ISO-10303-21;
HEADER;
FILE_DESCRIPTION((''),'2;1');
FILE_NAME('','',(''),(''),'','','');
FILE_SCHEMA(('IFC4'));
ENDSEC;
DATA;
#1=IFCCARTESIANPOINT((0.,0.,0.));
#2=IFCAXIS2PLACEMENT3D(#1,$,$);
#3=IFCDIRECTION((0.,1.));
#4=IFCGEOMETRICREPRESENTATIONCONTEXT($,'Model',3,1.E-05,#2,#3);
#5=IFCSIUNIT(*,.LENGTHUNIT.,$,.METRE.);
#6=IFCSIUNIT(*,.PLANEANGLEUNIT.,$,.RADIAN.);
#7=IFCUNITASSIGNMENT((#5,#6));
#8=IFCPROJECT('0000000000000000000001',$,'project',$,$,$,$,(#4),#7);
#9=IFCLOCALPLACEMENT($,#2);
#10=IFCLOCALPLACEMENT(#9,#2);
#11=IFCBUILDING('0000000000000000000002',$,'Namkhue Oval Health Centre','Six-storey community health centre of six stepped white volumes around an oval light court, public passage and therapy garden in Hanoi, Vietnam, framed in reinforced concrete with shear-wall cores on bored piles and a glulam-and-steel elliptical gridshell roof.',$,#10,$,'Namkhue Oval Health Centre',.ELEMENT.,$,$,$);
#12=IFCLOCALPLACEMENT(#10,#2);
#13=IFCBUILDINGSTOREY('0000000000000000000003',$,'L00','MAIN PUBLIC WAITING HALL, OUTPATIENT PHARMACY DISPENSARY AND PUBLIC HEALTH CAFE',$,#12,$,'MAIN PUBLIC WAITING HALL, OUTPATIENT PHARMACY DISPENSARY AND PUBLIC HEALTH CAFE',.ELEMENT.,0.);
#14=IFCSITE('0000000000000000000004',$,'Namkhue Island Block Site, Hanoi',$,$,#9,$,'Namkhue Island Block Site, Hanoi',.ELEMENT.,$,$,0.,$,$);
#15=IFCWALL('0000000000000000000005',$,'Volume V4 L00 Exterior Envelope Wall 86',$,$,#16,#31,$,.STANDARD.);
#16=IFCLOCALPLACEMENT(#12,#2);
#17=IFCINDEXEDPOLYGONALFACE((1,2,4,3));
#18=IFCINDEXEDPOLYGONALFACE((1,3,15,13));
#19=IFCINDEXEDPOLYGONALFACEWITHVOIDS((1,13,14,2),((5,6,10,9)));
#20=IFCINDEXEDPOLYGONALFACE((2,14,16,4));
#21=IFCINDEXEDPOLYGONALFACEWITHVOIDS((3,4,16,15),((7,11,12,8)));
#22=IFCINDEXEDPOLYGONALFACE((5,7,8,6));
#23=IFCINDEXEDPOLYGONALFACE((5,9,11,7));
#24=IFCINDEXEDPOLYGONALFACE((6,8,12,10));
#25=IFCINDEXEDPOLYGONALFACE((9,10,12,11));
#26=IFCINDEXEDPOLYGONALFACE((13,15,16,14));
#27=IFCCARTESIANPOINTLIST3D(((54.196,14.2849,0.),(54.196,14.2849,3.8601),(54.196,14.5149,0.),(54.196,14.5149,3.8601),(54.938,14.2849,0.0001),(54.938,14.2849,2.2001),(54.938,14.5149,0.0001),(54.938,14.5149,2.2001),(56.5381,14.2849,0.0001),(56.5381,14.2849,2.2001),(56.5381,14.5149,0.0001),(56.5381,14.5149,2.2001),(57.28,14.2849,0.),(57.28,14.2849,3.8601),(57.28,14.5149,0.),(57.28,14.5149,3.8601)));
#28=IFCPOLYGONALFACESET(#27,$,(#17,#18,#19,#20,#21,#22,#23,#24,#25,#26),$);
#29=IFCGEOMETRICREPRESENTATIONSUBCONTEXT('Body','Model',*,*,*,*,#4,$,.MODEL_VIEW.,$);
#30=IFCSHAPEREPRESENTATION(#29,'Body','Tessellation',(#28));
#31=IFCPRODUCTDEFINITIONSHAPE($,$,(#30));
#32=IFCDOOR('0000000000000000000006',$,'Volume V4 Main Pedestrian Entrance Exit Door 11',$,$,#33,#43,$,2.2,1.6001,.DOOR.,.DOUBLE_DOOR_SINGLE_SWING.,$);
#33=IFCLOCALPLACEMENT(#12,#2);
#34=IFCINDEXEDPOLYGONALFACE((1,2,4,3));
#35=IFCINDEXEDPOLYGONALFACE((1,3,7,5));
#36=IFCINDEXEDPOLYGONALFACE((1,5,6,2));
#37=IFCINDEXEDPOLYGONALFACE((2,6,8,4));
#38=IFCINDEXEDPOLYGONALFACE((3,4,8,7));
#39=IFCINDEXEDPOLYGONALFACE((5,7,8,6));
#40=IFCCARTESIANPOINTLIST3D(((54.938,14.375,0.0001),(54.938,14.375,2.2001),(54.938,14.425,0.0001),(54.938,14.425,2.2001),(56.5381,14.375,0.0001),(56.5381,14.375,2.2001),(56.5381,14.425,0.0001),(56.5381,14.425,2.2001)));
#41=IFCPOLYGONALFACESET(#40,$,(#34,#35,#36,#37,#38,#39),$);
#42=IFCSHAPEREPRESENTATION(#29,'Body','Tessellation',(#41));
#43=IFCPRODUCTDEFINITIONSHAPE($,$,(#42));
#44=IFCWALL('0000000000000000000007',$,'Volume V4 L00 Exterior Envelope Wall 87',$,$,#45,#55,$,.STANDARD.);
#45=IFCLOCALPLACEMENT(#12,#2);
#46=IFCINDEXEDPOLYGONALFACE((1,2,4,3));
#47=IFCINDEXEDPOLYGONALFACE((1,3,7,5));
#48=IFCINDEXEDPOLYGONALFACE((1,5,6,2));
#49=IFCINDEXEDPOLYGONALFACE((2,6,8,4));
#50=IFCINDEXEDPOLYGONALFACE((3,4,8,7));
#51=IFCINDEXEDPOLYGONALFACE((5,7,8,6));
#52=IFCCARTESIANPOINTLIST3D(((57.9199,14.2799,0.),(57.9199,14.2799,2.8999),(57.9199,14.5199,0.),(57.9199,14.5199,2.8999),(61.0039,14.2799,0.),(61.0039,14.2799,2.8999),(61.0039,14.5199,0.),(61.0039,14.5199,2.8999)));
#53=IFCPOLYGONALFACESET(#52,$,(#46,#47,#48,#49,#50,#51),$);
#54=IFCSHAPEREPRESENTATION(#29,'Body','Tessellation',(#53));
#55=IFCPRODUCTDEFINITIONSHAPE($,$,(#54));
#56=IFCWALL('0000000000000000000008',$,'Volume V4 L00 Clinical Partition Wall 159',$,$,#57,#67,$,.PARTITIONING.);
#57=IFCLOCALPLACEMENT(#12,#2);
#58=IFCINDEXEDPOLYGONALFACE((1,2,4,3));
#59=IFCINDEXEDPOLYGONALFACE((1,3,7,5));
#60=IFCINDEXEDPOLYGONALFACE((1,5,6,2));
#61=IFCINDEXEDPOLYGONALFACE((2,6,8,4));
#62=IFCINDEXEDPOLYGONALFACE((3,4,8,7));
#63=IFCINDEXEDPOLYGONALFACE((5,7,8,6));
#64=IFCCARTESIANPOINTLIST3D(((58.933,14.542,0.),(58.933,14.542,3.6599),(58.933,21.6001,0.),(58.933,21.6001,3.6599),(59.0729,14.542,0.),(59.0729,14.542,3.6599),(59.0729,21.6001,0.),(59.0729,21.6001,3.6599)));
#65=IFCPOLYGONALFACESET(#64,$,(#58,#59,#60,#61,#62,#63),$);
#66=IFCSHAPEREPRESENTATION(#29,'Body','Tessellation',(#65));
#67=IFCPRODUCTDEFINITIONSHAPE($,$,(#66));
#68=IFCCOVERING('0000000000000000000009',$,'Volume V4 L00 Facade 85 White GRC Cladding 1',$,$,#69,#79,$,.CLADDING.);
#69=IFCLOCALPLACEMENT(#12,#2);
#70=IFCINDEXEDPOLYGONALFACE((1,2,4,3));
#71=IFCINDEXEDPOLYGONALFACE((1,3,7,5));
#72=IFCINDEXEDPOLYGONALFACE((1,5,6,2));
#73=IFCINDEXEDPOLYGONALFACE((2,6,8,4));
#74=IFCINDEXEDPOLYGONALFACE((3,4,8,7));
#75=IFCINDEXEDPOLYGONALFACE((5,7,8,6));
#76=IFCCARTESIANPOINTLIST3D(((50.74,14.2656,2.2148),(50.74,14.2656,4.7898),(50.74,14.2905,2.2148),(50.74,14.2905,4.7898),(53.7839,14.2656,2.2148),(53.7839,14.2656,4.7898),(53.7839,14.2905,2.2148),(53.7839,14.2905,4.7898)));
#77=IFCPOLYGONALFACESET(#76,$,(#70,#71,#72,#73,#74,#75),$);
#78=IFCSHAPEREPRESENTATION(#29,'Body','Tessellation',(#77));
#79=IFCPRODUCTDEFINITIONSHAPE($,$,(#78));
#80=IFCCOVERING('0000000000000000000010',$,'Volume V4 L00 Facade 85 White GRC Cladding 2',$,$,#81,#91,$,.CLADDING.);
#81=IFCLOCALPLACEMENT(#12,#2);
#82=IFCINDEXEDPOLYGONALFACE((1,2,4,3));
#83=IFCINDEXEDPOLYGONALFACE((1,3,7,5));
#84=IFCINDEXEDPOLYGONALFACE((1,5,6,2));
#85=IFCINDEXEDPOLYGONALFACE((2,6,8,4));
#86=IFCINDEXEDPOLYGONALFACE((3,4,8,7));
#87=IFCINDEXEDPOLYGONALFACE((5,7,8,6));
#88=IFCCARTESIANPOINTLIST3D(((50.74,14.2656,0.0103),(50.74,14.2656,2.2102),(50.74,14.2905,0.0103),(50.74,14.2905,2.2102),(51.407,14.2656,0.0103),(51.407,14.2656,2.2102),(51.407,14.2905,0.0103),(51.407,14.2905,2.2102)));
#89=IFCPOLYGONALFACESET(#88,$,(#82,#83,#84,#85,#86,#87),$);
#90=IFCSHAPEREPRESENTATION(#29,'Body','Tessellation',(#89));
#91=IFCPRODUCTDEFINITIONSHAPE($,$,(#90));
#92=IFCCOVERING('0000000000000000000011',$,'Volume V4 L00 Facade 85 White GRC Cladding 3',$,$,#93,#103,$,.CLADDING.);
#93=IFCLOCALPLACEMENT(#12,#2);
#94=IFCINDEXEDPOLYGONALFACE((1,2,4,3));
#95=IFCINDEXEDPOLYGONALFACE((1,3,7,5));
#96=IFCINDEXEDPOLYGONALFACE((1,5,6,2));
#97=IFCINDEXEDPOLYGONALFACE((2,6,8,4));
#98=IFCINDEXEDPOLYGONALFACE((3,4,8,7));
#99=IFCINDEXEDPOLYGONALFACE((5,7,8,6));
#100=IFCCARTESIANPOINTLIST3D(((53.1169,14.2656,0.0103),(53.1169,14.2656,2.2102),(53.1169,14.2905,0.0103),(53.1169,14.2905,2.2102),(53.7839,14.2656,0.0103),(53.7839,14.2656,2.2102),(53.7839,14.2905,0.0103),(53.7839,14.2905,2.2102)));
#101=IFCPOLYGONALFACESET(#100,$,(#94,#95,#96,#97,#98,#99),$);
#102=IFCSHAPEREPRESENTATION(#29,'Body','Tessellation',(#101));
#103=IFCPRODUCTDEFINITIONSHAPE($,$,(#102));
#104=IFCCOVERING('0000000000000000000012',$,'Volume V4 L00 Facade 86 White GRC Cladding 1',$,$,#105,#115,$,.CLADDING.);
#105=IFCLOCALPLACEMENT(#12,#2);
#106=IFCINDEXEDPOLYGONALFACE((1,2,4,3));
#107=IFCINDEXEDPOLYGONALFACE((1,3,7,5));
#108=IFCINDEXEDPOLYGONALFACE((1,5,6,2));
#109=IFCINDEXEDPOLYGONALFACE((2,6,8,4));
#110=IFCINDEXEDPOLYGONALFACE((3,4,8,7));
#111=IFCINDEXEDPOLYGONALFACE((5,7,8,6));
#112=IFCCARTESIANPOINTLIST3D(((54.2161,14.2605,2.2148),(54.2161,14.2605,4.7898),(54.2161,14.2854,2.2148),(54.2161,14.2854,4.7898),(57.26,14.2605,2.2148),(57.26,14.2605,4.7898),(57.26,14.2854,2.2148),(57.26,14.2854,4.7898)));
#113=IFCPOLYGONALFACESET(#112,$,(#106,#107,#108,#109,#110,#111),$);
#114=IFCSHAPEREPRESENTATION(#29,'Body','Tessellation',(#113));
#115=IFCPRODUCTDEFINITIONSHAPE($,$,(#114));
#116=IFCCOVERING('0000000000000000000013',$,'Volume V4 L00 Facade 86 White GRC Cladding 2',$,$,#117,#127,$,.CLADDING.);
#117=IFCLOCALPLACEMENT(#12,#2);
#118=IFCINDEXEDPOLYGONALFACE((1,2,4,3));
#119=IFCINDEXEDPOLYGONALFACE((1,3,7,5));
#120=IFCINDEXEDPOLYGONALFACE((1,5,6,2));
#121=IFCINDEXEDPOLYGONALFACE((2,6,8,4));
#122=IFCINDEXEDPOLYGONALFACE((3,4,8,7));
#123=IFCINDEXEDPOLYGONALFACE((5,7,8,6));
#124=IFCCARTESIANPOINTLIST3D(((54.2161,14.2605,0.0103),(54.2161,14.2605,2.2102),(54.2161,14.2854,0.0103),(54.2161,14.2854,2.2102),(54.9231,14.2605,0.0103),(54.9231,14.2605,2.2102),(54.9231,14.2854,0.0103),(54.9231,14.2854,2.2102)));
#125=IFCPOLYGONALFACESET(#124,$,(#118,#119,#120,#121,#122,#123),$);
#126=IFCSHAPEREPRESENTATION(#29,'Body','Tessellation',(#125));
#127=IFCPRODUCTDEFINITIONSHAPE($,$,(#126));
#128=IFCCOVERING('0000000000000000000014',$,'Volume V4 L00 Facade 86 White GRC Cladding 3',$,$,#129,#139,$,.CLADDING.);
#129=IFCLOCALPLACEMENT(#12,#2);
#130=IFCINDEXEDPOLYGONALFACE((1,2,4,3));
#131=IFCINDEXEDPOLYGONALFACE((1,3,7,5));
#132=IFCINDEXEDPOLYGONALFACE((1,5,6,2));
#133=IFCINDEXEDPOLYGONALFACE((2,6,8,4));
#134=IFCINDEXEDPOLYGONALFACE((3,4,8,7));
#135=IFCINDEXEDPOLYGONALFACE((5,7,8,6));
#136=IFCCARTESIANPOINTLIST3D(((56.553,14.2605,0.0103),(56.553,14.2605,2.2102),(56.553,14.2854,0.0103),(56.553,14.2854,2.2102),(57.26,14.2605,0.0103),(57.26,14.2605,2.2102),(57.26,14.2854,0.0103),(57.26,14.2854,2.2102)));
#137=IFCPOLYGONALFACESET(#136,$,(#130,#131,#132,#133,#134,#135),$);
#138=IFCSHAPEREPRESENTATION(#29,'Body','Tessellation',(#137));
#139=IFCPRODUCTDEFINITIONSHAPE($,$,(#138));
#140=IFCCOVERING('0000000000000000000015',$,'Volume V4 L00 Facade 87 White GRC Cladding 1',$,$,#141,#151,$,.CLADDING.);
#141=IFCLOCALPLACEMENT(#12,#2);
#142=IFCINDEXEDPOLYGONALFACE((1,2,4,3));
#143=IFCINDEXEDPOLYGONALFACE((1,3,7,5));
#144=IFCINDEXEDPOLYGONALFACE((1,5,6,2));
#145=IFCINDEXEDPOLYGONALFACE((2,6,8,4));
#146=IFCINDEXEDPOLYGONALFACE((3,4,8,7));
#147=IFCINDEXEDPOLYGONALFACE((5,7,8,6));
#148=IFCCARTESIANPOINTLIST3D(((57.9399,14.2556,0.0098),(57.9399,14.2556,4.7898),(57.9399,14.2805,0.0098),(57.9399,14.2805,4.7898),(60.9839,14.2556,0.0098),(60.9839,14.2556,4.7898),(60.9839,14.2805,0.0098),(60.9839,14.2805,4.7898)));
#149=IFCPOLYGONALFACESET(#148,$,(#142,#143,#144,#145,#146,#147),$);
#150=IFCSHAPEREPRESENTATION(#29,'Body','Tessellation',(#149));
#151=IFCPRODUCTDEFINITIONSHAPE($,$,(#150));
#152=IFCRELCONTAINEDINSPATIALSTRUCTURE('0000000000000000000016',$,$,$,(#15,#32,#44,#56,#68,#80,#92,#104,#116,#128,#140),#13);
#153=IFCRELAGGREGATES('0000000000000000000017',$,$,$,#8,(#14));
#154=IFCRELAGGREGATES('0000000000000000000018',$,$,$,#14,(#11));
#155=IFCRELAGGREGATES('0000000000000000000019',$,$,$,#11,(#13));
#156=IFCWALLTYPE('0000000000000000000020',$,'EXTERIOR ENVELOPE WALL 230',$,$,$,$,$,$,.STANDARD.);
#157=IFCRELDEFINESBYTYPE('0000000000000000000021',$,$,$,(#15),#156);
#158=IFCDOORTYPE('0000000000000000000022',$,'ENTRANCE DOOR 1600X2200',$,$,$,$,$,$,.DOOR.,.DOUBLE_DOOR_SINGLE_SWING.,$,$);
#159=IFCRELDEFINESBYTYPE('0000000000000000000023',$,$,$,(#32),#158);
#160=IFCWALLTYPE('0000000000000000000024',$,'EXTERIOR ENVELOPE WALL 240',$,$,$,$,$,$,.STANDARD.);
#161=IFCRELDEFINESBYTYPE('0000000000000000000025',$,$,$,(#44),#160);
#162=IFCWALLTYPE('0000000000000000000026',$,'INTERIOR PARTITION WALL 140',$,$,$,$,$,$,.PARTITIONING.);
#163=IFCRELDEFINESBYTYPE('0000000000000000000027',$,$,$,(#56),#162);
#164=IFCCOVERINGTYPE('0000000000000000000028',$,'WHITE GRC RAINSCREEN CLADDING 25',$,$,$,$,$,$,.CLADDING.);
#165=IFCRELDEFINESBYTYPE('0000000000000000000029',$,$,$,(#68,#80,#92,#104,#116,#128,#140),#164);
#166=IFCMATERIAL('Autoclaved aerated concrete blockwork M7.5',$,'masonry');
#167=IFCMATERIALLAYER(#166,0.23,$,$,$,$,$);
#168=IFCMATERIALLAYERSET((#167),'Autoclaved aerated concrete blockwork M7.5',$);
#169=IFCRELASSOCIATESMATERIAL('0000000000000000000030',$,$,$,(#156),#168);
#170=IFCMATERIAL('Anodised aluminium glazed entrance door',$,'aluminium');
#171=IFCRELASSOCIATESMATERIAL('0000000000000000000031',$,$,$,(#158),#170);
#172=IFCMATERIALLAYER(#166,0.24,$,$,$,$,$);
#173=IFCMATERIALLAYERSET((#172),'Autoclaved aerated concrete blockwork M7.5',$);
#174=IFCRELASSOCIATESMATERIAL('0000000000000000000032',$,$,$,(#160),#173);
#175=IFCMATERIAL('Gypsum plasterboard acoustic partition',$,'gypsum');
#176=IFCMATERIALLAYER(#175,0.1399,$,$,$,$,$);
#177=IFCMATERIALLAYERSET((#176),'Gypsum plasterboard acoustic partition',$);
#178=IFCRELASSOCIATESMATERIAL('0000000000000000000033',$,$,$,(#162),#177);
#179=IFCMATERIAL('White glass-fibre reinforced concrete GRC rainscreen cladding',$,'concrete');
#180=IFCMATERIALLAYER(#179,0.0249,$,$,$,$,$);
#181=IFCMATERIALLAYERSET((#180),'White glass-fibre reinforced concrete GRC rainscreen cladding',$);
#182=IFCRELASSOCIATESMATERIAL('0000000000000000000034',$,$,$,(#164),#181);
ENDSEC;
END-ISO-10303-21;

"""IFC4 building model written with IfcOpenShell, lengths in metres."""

from ifc_helpers import new_model, si_unit, direction, frame, frame_2d, origin, origin_2d, place, context, subcontext, project, spatial, rectangle, extrude, material, layer, layer_set, type_object, element, fill, save


model = new_model("IFC4")

# Units and contexts
model_context = context("Model", 3, precision=1e-05, world=origin(), true_north=direction((0.0, 1.0)))
body_context = subcontext(model_context, "Body", "Model", "MODEL_VIEW")
ifc_project = project(units=[si_unit("LENGTHUNIT", "METRE"), si_unit("PLANEANGLEUNIT", "RADIAN")], contexts=[model_context])

# Site, building, storey
site_placement = place(None, origin())
site = spatial("IfcSite", under=ifc_project, at=site_placement, Name="Namkhue Island Block Site, Hanoi", LongName="Namkhue Island Block Site, Hanoi", CompositionType="ELEMENT", RefElevation=0.0)
building_placement = place(site_placement, origin())
building = spatial("IfcBuilding", under=site, at=building_placement, Name="Namkhue Oval Health Centre", Description="Six-storey community health centre of six stepped white volumes around an oval light court, public passage and therapy garden in Hanoi, Vietnam, framed in reinforced concrete with shear-wall cores on bored piles and a glulam-and-steel elliptical gridshell roof.", LongName="Namkhue Oval Health Centre", CompositionType="ELEMENT")
storey_placement = place(building_placement, origin())
storey = spatial("IfcBuildingStorey", under=building, at=storey_placement, Name="L00", Description="MAIN PUBLIC WAITING HALL, OUTPATIENT PHARMACY DISPENSARY AND PUBLIC HEALTH CAFE", LongName="MAIN PUBLIC WAITING HALL, OUTPATIENT PHARMACY DISPENSARY AND PUBLIC HEALTH CAFE", CompositionType="ELEMENT", Elevation=0.0)

# Wall, opening, door
ifc_material_1 = material(Name="Autoclaved aerated concrete blockwork M7.5", Category="masonry")
ifc_material_2 = material(Name="Anodised aluminium glazed entrance door", Category="aluminium")
ifc_layer_1 = layer(ifc_material_1, 0.23)
ifc_layer_set_1 = layer_set([ifc_layer_1], Name="Autoclaved aerated concrete blockwork M7.5")
wall_type_1 = type_object("IfcWallType", Name="EXTERIOR ENVELOPE WALL 230", PredefinedType="STANDARD", material=ifc_layer_set_1)
wall_1_placement = place(storey_placement, frame((54.196, 14.3999, 0.0), z_axis=(0.0, 0.0, 1.0), x_axis=(1.0, 0.0, 0.0)))
wall_1 = element("IfcWall", 1, at=wall_1_placement, inside=storey, type_object=wall_type_1, Name="Volume V4 L00 Exterior Envelope Wall 86", PredefinedType="STANDARD", context=body_context, shape_type="SweptSolid", body=[
    extrude(rectangle(XDim=3.084, YDim=0.23, at=frame_2d((1.542, 0.0))), origin(), (0.0, 0.0, 1.0), 3.8601),
])
opening_1_placement = place(wall_1_placement, frame((0.7419, 0.0, 0.0)))
opening_1 = element("IfcOpeningElement", 2, at=opening_1_placement, cuts=wall_1, PredefinedType="OPENING", context=body_context, shape_type="SweptSolid", body=[
    extrude(rectangle(XDim=1.6001, YDim=2.2, at=frame_2d((0.8, 1.1001))), frame((0.0, 0.125, 0.0), z_axis=(0.0, -1.0, 0.0), x_axis=(1.0, 0.0, 0.0)), (0.0, 0.0, 1.0), 0.25),
])
door_type_1 = type_object("IfcDoorType", Name="ENTRANCE DOOR 1600X2200", OperationType="DOUBLE_DOOR_SINGLE_SWING", PredefinedType="DOOR", material=ifc_material_2)
door_1_placement = place(opening_1_placement, frame((1.6001, 0.0, 0.0), z_axis=(0.0, 0.0, 1.0), x_axis=(-1.0, 0.0, 0.0)))
door_1 = element("IfcDoor", 3, at=door_1_placement, inside=storey, type_object=door_type_1, Name="Volume V4 Main Pedestrian Entrance Exit Door 11", OperationType="DOUBLE_DOOR_SINGLE_SWING", OverallHeight=2.2, OverallWidth=1.6001, PredefinedType="DOOR", context=body_context, shape_type="SweptSolid", body=[
    extrude(rectangle(XDim=1.6001, YDim=2.2, at=frame_2d((0.8, 1.1001))), frame((0.0, 0.0249, 0.0), z_axis=(0.0, -1.0, 0.0), x_axis=(1.0, 0.0, 0.0)), (0.0, 0.0, 1.0), 0.05),
])
fill(opening_1, door_1)

# Walls
ifc_layer_2 = layer(ifc_material_1, 0.24)
ifc_layer_set_2 = layer_set([ifc_layer_2], Name="Autoclaved aerated concrete blockwork M7.5")
wall_type_2 = type_object("IfcWallType", Name="EXTERIOR ENVELOPE WALL 240", PredefinedType="STANDARD", material=ifc_layer_set_2)
wall_2_placement = place(storey_placement, frame((57.9199, 14.3999, 0.0), z_axis=(0.0, 0.0, 1.0), x_axis=(1.0, 0.0, 0.0)))
element("IfcWall", 4, at=wall_2_placement, inside=storey, type_object=wall_type_2, Name="Volume V4 L00 Exterior Envelope Wall 87", PredefinedType="STANDARD", context=body_context, shape_type="SweptSolid", body=[
    extrude(rectangle(XDim=3.084, YDim=0.24, at=frame_2d((1.542, 0.0))), origin(), (0.0, 0.0, 1.0), 2.8999),
])
ifc_material_3 = material(Name="Gypsum plasterboard acoustic partition", Category="gypsum")
ifc_layer_3 = layer(ifc_material_3, 0.1399)
ifc_layer_set_3 = layer_set([ifc_layer_3], Name="Gypsum plasterboard acoustic partition")
wall_type_3 = type_object("IfcWallType", Name="INTERIOR PARTITION WALL 140", PredefinedType="PARTITIONING", material=ifc_layer_set_3)
wall_3_placement = place(storey_placement, frame((59.0029, 14.542, 0.0), z_axis=(0.0, 0.0, 1.0), x_axis=(0.0, 1.0, 0.0)))
element("IfcWall", 5, at=wall_3_placement, inside=storey, type_object=wall_type_3, Name="Volume V4 L00 Clinical Partition Wall 159", PredefinedType="PARTITIONING", context=body_context, shape_type="SweptSolid", body=[
    extrude(rectangle(XDim=7.0581, YDim=0.1399, at=frame_2d((3.5291, 0.0))), origin(), (0.0, 0.0, 1.0), 3.6599),
])

# Coverings
ifc_material_4 = material(Name="White glass-fibre reinforced concrete GRC rainscreen cladding", Category="concrete")
ifc_layer_4 = layer(ifc_material_4, 0.0249)
ifc_layer_set_4 = layer_set([ifc_layer_4], Name="White glass-fibre reinforced concrete GRC rainscreen cladding")
covering_type = type_object("IfcCoveringType", Name="WHITE GRC RAINSCREEN CLADDING 25", PredefinedType="CLADDING", material=ifc_layer_set_4)
covering_1_placement = place(storey_placement, frame((52.262, 14.2781, 2.2148), z_axis=(0.0, 0.0, 1.0), x_axis=(1.0, 0.0, 0.0)))
element("IfcCovering", 6, at=covering_1_placement, inside=storey, type_object=covering_type, Name="Volume V4 L00 Facade 85 White GRC Cladding 1", PredefinedType="CLADDING", context=body_context, shape_type="SweptSolid", body=[
    extrude(rectangle(XDim=3.0439, YDim=0.0249, at=origin_2d()), origin(), (0.0, 0.0, 1.0), 2.575),
])
for number, where, z_axis, x_axis, name in (
    (7, (51.0735, 14.2781, 0.0103), (0.0, 0.0, 1.0), (1.0, 0.0, 0.0), "Volume V4 L00 Facade 85 White GRC Cladding 2"),
    (8, (53.4504, 14.2781, 0.0103), (0.0, 0.0, 1.0), (1.0, 0.0, 0.0), "Volume V4 L00 Facade 85 White GRC Cladding 3"),
):
    element("IfcCovering", number, at=place(storey_placement, frame(where, z_axis=z_axis, x_axis=x_axis)), inside=storey, type_object=covering_type, Name=name, PredefinedType="CLADDING", context=body_context, shape_type="SweptSolid", body=[
        extrude(rectangle(XDim=0.667, YDim=0.0249, at=origin_2d()), origin(), (0.0, 0.0, 1.0), 2.2),
    ])
covering_2_placement = place(storey_placement, frame((55.738, 14.2729, 2.2148), z_axis=(0.0, 0.0, 1.0), x_axis=(1.0, 0.0, 0.0)))
element("IfcCovering", 9, at=covering_2_placement, inside=storey, type_object=covering_type, Name="Volume V4 L00 Facade 86 White GRC Cladding 1", PredefinedType="CLADDING", context=body_context, shape_type="SweptSolid", body=[
    extrude(rectangle(XDim=3.0439, YDim=0.0249, at=origin_2d()), origin(), (0.0, 0.0, 1.0), 2.575),
])
for number, where, z_axis, x_axis, name in (
    (10, (54.5696, 14.2729, 0.0103), (0.0, 0.0, 1.0), (1.0, 0.0, 0.0), "Volume V4 L00 Facade 86 White GRC Cladding 2"),
    (11, (56.9065, 14.2729, 0.0103), (0.0, 0.0, 1.0), (1.0, 0.0, 0.0), "Volume V4 L00 Facade 86 White GRC Cladding 3"),
):
    element("IfcCovering", number, at=place(storey_placement, frame(where, z_axis=z_axis, x_axis=x_axis)), inside=storey, type_object=covering_type, Name=name, PredefinedType="CLADDING", context=body_context, shape_type="SweptSolid", body=[
        extrude(rectangle(XDim=0.707, YDim=0.0249, at=origin_2d()), origin(), (0.0, 0.0, 1.0), 2.2),
    ])
covering_3_placement = place(storey_placement, frame((59.4619, 14.2681, 0.0098), z_axis=(0.0, 0.0, 1.0), x_axis=(1.0, 0.0, 0.0)))
element("IfcCovering", 12, at=covering_3_placement, inside=storey, type_object=covering_type, Name="Volume V4 L00 Facade 87 White GRC Cladding 1", PredefinedType="CLADDING", context=body_context, shape_type="SweptSolid", body=[
    extrude(rectangle(XDim=3.0439, YDim=0.0249, at=origin_2d()), origin(), (0.0, 0.0, 1.0), 4.78),
])

save(model, "model.ifc")
